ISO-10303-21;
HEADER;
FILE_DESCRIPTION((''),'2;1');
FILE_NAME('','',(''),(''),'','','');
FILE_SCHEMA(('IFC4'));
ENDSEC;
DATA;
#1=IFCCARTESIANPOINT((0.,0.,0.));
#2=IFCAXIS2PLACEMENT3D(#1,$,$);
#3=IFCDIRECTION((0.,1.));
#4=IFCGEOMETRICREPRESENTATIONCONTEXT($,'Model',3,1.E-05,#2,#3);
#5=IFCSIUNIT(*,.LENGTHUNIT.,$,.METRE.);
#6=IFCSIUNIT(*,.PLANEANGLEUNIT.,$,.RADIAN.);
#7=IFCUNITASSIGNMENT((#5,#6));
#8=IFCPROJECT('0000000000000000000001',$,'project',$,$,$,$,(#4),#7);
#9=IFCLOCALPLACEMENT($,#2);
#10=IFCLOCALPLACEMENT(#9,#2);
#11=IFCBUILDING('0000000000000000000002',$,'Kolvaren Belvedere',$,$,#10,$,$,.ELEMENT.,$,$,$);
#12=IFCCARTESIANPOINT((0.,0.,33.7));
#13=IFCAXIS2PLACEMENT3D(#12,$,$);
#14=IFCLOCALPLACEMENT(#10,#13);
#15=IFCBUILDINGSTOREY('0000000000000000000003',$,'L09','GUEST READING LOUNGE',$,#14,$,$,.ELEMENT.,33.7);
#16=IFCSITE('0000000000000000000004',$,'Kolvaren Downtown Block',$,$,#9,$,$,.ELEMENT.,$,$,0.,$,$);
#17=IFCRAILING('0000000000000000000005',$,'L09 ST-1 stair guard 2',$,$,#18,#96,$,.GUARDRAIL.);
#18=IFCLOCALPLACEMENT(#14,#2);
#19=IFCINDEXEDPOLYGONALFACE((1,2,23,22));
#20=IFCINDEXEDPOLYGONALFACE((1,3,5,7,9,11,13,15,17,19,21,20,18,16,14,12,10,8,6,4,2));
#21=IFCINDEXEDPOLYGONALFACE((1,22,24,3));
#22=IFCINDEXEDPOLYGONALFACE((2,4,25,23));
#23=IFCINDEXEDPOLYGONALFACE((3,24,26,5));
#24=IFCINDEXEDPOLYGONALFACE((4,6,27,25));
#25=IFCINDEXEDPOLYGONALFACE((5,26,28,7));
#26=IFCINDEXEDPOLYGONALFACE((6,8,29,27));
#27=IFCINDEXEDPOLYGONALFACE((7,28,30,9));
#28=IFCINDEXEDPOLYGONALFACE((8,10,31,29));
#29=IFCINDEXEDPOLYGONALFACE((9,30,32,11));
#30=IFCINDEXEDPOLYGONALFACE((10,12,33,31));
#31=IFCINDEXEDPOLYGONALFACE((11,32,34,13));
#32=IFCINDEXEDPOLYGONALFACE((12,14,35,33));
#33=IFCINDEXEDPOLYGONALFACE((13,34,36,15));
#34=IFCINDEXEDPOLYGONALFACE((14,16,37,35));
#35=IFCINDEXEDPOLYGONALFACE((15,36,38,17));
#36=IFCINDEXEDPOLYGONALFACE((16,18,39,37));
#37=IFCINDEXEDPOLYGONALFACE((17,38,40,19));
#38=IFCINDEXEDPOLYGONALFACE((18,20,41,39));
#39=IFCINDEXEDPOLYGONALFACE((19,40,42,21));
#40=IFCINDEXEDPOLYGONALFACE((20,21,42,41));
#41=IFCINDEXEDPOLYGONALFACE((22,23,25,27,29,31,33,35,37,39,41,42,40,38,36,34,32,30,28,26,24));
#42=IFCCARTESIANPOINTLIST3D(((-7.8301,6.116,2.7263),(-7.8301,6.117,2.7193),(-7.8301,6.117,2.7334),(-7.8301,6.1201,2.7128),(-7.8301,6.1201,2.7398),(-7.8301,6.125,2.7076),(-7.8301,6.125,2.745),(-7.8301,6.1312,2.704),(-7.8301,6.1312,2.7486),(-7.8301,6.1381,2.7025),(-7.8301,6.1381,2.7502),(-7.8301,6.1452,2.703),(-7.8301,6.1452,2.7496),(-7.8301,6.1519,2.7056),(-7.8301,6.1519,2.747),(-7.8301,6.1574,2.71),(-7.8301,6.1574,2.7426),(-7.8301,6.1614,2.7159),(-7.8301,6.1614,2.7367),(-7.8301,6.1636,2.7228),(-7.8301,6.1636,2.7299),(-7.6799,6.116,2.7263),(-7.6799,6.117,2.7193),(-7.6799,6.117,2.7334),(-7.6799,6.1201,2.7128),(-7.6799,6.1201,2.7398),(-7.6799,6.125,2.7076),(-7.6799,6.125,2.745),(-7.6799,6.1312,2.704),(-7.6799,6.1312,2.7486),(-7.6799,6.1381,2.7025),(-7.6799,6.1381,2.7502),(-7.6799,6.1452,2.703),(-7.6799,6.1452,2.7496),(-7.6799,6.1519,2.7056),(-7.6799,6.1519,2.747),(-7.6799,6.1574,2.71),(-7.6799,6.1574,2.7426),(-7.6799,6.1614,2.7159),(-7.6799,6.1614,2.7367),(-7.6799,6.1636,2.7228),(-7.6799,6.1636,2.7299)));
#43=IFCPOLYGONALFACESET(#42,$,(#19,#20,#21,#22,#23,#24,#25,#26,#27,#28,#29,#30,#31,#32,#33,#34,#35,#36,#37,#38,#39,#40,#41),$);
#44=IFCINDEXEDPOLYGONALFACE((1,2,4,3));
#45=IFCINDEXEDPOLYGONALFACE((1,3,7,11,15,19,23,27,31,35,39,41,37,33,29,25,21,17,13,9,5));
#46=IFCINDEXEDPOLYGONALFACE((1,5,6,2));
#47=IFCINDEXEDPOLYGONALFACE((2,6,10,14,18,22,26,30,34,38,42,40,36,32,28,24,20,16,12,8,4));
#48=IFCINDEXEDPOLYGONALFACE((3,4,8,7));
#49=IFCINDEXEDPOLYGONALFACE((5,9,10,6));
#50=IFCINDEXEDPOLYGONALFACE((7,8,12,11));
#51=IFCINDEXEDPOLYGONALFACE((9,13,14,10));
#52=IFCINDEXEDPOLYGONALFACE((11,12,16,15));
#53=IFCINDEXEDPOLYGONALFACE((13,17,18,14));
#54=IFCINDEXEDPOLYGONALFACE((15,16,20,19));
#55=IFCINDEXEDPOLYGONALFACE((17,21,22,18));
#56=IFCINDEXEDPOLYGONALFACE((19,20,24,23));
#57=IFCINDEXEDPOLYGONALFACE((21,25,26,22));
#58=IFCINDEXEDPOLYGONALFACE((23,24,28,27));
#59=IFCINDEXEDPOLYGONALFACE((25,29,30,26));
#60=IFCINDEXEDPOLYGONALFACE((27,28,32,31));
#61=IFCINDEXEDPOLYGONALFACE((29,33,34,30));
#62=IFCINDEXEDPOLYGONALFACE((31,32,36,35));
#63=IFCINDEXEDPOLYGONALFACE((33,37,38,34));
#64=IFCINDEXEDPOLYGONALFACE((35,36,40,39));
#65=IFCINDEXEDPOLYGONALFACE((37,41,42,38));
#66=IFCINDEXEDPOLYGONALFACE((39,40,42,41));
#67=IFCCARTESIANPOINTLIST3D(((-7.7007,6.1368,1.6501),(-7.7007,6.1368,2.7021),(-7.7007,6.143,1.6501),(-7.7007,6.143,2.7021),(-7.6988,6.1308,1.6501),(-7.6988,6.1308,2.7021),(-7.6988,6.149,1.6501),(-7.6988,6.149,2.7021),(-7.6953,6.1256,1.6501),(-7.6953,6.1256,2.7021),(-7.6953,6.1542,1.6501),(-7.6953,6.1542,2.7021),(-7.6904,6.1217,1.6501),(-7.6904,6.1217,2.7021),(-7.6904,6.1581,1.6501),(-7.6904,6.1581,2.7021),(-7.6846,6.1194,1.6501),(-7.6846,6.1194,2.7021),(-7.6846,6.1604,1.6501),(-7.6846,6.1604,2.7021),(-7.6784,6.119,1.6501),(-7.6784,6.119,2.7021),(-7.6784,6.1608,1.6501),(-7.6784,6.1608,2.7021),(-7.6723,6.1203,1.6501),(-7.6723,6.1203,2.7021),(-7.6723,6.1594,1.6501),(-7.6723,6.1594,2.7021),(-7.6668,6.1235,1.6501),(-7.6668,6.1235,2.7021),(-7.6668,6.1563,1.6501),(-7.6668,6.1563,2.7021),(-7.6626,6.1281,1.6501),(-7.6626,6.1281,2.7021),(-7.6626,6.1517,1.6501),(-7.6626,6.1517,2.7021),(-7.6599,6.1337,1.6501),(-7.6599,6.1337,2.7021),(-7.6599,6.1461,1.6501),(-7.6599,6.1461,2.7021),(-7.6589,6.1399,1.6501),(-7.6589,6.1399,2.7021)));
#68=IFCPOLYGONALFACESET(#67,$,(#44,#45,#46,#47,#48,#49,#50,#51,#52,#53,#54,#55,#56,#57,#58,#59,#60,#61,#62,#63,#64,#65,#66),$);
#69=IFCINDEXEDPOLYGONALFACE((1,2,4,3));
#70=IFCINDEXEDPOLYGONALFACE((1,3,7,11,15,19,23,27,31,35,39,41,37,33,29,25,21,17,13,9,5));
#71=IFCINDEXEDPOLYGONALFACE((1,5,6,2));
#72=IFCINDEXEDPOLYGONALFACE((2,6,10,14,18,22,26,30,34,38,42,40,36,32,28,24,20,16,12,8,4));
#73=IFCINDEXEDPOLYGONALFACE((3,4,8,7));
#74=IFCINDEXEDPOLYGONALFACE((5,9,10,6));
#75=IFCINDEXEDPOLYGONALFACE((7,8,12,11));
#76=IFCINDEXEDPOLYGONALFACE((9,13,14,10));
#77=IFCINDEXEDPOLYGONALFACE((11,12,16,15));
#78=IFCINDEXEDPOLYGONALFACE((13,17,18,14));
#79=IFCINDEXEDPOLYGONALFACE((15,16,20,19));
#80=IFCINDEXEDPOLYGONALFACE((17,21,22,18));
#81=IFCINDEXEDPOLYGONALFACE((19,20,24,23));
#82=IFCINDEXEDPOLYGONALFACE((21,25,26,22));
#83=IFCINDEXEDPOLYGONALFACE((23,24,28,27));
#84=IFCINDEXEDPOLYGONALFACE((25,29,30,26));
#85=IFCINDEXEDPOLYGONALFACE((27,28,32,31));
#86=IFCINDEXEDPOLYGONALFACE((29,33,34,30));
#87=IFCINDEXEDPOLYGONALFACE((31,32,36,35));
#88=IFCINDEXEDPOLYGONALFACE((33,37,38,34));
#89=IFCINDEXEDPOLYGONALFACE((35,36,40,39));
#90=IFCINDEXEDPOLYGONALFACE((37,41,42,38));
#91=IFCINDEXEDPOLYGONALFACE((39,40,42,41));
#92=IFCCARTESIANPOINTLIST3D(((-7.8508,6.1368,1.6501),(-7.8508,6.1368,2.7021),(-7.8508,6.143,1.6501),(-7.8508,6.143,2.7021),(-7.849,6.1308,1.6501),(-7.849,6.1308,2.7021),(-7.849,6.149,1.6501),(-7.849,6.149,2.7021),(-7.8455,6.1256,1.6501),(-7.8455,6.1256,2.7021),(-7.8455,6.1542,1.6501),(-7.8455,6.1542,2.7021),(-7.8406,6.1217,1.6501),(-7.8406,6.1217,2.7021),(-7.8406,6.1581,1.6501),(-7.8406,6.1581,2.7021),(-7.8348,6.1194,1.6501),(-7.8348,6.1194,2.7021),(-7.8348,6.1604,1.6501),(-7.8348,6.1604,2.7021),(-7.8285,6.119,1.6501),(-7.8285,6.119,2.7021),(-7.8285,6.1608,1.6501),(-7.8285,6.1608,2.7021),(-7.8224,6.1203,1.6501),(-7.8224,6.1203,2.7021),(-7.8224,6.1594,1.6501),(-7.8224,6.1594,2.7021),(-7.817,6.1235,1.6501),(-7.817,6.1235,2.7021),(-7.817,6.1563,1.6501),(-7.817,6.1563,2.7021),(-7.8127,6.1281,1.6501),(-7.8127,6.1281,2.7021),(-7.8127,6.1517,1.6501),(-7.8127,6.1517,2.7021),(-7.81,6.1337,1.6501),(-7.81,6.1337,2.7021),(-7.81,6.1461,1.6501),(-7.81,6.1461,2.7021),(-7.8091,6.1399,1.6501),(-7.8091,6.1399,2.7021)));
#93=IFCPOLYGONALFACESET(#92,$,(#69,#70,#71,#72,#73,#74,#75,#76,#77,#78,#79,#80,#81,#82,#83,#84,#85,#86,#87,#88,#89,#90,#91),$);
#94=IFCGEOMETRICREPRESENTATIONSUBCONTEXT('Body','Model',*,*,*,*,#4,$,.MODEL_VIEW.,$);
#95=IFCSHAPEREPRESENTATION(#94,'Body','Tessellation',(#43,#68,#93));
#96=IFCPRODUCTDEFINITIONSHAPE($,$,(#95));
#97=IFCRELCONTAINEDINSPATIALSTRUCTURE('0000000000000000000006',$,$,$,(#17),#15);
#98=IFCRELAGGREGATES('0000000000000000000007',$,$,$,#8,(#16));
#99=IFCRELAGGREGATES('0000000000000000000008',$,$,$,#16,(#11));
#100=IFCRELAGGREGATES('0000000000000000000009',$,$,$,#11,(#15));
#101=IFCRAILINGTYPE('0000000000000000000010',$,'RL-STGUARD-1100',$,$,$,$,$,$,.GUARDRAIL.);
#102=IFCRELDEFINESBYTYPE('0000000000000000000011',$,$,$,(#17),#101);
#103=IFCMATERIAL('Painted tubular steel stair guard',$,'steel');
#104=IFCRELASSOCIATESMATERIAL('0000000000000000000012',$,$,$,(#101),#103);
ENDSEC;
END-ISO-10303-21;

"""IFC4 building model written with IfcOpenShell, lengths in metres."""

from ifc_helpers import new_model, si_unit, direction, frame, origin, origin_2d, place, context, subcontext, project, spatial, circle, extrude, material, type_object, element, save


model = new_model("IFC4")

# Units and contexts
model_context = context("Model", 3, precision=1e-05, world=origin(), true_north=direction((0.0, 1.0)))
body_context = subcontext(model_context, "Body", "Model", "MODEL_VIEW")
ifc_project = project(units=[si_unit("LENGTHUNIT", "METRE"), si_unit("PLANEANGLEUNIT", "RADIAN")], contexts=[model_context])

# Site, building, storey
site_placement = place(None, origin())
site = spatial("IfcSite", under=ifc_project, at=site_placement, Name="Kolvaren Downtown Block", CompositionType="ELEMENT", RefElevation=0.0)
building_placement = place(site_placement, origin())
building = spatial("IfcBuilding", under=site, at=building_placement, Name="Kolvaren Belvedere", CompositionType="ELEMENT")
storey_placement = place(building_placement, frame((0.0, 0.0, 33.7)))
storey = spatial("IfcBuildingStorey", under=building, at=storey_placement, Name="L09", Description="GUEST READING LOUNGE", CompositionType="ELEMENT", Elevation=33.7)

# Railing
ifc_material_1 = material(Name="Painted tubular steel stair guard", Category="steel")
railing_type_1 = type_object("IfcRailingType", Name="RL-STGUARD-1100", PredefinedType="GUARDRAIL", material=ifc_material_1)
railing_1_placement = place(storey_placement, frame((-7.6799, 6.1399, 1.6501)))
element("IfcRailing", 1, at=railing_1_placement, inside=storey, type_object=railing_type_1, Name="L09 ST-1 stair guard 2", PredefinedType="GUARDRAIL", context=body_context, shape_type="SweptSolid", body=[
    extrude(circle(Radius=0.0239, at=origin_2d()), frame((0.0, 0.0, 1.0762), z_axis=(-1.0, 0.0, 0.0), x_axis=(0.0, -1.0, 0.0)), (0.0, 0.0, 1.0), 0.1501),
    extrude(circle(Radius=0.021, at=origin_2d()), origin(), (0.0, 0.0, 1.0), 1.052),
    extrude(circle(Radius=0.021, at=origin_2d()), frame((-0.1501, 0.0, 0.0)), (0.0, 0.0, 1.0), 1.052),
])

save(model, "model.ifc")
